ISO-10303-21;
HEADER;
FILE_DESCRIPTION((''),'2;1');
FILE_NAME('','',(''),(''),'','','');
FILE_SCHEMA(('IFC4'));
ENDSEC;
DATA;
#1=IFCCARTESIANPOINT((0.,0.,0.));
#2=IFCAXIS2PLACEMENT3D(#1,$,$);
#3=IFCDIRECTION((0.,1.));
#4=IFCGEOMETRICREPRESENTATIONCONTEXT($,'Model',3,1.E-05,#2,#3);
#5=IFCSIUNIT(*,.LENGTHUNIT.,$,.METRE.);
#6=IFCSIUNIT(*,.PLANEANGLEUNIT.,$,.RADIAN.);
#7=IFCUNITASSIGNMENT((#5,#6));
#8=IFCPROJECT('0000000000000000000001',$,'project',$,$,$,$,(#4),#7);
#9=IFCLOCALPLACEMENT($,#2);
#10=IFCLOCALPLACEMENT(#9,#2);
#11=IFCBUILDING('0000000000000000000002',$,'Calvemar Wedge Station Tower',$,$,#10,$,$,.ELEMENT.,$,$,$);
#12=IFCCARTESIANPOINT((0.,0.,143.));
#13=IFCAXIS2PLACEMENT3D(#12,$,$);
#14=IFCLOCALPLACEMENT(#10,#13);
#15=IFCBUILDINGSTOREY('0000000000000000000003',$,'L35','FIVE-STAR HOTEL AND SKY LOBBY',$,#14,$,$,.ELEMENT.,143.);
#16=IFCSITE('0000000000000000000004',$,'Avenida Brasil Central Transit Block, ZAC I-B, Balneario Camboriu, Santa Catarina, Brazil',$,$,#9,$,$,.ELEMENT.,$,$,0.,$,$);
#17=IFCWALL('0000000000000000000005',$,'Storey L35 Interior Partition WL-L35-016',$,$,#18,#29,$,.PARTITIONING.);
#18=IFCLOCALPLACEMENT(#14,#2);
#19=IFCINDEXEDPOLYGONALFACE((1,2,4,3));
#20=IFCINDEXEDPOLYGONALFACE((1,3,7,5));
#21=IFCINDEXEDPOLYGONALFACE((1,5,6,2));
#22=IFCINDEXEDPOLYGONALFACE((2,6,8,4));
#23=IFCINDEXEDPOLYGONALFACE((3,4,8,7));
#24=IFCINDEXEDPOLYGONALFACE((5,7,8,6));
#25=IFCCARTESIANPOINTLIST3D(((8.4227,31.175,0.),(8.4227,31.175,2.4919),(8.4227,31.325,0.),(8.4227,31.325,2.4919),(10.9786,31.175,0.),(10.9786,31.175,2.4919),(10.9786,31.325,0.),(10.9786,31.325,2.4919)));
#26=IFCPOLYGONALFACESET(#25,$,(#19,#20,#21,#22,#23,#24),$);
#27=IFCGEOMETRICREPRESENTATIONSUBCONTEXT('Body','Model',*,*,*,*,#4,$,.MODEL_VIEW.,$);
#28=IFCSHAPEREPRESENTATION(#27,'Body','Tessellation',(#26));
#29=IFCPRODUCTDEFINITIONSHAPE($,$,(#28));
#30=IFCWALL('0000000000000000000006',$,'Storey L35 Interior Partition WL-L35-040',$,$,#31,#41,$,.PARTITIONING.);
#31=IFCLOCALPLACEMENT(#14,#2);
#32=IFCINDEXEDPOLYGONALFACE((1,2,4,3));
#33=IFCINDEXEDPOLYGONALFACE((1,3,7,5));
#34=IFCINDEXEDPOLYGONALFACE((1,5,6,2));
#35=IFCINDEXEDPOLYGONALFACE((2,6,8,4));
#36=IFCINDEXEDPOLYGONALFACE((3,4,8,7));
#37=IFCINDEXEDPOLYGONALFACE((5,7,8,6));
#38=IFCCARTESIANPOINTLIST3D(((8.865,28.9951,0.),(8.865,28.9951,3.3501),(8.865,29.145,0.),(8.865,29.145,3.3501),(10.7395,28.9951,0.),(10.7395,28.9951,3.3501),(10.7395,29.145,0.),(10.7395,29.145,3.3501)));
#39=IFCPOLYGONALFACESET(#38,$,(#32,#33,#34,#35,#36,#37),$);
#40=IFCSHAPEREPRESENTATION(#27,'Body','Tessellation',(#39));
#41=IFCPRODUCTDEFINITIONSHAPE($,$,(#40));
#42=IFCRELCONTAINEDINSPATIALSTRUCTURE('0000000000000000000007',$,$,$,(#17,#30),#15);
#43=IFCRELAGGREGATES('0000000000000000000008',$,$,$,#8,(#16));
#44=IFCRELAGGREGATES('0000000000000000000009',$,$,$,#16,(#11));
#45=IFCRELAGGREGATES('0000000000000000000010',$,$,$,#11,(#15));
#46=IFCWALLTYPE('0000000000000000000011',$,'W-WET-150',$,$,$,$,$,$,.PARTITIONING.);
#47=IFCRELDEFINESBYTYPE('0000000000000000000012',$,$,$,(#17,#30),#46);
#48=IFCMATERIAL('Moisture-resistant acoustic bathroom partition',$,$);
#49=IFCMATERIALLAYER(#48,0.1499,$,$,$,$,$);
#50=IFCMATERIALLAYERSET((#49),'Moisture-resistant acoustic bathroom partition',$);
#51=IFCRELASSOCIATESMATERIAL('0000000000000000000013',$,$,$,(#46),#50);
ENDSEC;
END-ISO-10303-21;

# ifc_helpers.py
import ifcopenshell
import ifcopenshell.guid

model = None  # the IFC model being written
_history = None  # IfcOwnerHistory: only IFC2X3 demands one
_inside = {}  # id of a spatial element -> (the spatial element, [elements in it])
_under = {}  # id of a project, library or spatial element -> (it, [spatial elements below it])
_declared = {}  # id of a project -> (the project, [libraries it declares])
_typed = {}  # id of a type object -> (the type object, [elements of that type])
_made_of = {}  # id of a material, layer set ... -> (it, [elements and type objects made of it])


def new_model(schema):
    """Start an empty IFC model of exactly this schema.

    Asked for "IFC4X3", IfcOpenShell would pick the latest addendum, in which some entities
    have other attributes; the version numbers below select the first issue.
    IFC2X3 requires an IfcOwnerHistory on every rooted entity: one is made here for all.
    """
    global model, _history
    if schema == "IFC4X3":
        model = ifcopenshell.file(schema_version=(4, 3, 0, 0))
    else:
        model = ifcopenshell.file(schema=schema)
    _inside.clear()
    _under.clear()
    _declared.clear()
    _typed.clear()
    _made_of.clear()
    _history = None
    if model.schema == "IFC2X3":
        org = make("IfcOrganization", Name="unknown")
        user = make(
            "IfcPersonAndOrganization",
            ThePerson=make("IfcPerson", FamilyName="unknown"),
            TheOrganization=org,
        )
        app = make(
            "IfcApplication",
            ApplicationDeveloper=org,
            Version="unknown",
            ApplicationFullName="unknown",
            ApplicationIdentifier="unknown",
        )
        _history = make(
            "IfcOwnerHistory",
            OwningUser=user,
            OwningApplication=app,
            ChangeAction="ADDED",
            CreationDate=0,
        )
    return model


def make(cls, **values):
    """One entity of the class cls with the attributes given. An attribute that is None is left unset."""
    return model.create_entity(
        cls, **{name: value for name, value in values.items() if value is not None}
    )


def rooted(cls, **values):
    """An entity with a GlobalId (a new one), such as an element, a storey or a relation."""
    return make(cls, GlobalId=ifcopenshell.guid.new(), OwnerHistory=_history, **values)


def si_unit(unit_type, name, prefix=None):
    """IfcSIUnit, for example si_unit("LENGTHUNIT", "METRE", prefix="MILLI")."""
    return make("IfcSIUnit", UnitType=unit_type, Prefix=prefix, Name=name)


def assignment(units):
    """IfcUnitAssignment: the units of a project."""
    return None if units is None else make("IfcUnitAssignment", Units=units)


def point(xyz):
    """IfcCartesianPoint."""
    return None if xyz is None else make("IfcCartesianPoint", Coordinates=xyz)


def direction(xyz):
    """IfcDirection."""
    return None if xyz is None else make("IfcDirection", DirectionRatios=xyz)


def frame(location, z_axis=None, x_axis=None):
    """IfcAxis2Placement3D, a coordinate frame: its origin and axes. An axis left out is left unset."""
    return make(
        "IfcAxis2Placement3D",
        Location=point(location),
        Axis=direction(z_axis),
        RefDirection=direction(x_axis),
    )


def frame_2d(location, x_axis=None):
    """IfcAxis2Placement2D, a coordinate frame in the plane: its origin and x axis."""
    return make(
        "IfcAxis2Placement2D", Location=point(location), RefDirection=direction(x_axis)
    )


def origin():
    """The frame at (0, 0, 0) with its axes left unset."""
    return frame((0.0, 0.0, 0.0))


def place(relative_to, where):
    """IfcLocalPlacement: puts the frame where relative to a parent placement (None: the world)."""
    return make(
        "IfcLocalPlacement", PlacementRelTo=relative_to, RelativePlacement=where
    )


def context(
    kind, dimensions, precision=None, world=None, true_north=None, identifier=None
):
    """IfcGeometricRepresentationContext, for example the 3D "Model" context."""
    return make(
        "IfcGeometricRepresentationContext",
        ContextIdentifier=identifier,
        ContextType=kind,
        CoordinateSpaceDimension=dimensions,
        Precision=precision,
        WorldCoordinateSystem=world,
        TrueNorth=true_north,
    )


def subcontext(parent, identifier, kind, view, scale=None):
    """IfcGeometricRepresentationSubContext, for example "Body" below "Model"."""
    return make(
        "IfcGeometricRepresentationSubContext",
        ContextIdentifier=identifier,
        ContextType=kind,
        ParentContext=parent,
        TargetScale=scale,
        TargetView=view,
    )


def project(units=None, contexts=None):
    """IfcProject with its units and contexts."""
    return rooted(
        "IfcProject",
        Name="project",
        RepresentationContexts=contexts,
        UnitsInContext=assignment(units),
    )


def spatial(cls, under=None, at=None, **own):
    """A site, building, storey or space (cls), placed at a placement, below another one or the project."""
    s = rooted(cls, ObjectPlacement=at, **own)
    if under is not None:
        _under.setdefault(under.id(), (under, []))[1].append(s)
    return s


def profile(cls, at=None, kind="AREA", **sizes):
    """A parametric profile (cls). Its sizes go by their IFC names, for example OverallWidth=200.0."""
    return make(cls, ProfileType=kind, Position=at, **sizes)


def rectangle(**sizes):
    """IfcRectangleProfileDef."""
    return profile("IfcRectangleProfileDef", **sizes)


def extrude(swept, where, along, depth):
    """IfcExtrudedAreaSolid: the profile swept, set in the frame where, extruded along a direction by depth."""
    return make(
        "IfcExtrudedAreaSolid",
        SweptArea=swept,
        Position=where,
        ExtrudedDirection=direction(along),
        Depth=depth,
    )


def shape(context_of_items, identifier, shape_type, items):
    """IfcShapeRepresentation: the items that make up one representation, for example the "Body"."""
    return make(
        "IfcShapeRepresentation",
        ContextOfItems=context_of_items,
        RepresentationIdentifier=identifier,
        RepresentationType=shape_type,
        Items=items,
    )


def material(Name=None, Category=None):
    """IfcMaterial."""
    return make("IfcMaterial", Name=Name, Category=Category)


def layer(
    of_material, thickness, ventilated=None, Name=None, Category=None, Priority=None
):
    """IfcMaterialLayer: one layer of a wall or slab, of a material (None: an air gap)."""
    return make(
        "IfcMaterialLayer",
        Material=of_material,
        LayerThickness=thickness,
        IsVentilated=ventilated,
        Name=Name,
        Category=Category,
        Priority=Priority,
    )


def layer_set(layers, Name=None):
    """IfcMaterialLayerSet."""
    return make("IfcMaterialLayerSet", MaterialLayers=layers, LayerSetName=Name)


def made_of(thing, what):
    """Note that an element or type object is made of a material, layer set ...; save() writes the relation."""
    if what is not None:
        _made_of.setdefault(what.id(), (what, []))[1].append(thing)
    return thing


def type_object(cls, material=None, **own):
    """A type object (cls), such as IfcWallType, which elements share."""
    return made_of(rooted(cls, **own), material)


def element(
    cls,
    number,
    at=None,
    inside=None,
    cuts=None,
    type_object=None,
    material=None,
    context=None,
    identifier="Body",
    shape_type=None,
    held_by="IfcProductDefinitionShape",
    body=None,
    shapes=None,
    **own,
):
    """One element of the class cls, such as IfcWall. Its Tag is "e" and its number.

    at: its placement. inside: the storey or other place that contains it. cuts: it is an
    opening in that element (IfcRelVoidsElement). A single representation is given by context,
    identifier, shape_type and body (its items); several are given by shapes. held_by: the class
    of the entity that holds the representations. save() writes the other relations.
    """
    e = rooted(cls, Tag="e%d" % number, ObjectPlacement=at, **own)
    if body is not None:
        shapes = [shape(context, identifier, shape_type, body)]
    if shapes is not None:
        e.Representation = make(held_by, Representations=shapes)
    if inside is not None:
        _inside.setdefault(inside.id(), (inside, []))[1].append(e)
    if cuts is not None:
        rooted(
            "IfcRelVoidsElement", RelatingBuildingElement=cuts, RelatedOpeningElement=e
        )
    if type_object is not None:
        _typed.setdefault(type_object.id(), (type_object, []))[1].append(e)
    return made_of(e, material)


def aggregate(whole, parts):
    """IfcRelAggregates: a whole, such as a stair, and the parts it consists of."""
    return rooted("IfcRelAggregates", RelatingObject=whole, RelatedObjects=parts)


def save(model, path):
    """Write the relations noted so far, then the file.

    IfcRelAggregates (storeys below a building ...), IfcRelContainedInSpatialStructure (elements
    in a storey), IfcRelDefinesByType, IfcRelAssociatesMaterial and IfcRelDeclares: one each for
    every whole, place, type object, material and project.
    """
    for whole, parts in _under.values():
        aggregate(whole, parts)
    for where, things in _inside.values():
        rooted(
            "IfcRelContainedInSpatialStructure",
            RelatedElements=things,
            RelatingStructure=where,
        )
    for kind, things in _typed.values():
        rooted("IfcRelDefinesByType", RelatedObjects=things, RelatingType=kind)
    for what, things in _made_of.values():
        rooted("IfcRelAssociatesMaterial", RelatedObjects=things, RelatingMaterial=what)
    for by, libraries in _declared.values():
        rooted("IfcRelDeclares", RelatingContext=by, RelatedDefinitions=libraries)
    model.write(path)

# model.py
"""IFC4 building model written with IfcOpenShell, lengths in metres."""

from ifc_helpers import new_model, si_unit, direction, frame, frame_2d, origin, place, context, subcontext, project, spatial, rectangle, extrude, material, layer, layer_set, type_object, element, save


model = new_model("IFC4")

# Units and contexts
model_context = context("Model", 3, precision=1e-05, world=origin(), true_north=direction((0.0, 1.0)))
body_context = subcontext(model_context, "Body", "Model", "MODEL_VIEW")
ifc_project = project(units=[si_unit("LENGTHUNIT", "METRE"), si_unit("PLANEANGLEUNIT", "RADIAN")], contexts=[model_context])

# Site, building, storey
site_placement = place(None, origin())
site = spatial("IfcSite", under=ifc_project, at=site_placement, Name="Avenida Brasil Central Transit Block, ZAC I-B, Balneario Camboriu, Santa Catarina, Brazil", CompositionType="ELEMENT", RefElevation=0.0)
building_placement = place(site_placement, origin())
building = spatial("IfcBuilding", under=site, at=building_placement, Name="Calvemar Wedge Station Tower", CompositionType="ELEMENT")
storey_placement = place(building_placement, frame((0.0, 0.0, 143.0)))
storey = spatial("IfcBuildingStorey", under=building, at=storey_placement, Name="L35", Description="FIVE-STAR HOTEL AND SKY LOBBY", CompositionType="ELEMENT", Elevation=143.0)

# Wall
ifc_material_1 = material(Name="Moisture-resistant acoustic bathroom partition")
ifc_layer_1 = layer(ifc_material_1, 0.1499)
ifc_layer_set_1 = layer_set([ifc_layer_1], Name="Moisture-resistant acoustic bathroom partition")
wall_type_1 = type_object("IfcWallType", Name="W-WET-150", PredefinedType="PARTITIONING", material=ifc_layer_set_1)
wall_1_placement = place(storey_placement, frame((10.9785, 31.25, 0.0), z_axis=(0.0, 0.0, 1.0), x_axis=(-1.0, 0.0, 0.0)))
element("IfcWall", 1, at=wall_1_placement, inside=storey, type_object=wall_type_1, Name="Storey L35 Interior Partition WL-L35-016", PredefinedType="PARTITIONING", context=body_context, shape_type="SweptSolid", body=[
    extrude(rectangle(XDim=2.5559, YDim=0.1499, at=frame_2d((1.2778, 0.0))), origin(), (0.0, 0.0, 1.0), 2.4919),
])

# Wall
wall_2_placement = place(storey_placement, frame((10.7395, 29.0701, 0.0), z_axis=(0.0, 0.0, 1.0), x_axis=(-1.0, 0.0, 0.0)))
element("IfcWall", 2, at=wall_2_placement, inside=storey, type_object=wall_type_1, Name="Storey L35 Interior Partition WL-L35-040", PredefinedType="PARTITIONING", context=body_context, shape_type="SweptSolid", body=[
    extrude(rectangle(XDim=1.8745, YDim=0.1499, at=frame_2d((0.9373, 0.0))), origin(), (0.0, 0.0, 1.0), 3.3501),
])

save(model, "model.ifc")
